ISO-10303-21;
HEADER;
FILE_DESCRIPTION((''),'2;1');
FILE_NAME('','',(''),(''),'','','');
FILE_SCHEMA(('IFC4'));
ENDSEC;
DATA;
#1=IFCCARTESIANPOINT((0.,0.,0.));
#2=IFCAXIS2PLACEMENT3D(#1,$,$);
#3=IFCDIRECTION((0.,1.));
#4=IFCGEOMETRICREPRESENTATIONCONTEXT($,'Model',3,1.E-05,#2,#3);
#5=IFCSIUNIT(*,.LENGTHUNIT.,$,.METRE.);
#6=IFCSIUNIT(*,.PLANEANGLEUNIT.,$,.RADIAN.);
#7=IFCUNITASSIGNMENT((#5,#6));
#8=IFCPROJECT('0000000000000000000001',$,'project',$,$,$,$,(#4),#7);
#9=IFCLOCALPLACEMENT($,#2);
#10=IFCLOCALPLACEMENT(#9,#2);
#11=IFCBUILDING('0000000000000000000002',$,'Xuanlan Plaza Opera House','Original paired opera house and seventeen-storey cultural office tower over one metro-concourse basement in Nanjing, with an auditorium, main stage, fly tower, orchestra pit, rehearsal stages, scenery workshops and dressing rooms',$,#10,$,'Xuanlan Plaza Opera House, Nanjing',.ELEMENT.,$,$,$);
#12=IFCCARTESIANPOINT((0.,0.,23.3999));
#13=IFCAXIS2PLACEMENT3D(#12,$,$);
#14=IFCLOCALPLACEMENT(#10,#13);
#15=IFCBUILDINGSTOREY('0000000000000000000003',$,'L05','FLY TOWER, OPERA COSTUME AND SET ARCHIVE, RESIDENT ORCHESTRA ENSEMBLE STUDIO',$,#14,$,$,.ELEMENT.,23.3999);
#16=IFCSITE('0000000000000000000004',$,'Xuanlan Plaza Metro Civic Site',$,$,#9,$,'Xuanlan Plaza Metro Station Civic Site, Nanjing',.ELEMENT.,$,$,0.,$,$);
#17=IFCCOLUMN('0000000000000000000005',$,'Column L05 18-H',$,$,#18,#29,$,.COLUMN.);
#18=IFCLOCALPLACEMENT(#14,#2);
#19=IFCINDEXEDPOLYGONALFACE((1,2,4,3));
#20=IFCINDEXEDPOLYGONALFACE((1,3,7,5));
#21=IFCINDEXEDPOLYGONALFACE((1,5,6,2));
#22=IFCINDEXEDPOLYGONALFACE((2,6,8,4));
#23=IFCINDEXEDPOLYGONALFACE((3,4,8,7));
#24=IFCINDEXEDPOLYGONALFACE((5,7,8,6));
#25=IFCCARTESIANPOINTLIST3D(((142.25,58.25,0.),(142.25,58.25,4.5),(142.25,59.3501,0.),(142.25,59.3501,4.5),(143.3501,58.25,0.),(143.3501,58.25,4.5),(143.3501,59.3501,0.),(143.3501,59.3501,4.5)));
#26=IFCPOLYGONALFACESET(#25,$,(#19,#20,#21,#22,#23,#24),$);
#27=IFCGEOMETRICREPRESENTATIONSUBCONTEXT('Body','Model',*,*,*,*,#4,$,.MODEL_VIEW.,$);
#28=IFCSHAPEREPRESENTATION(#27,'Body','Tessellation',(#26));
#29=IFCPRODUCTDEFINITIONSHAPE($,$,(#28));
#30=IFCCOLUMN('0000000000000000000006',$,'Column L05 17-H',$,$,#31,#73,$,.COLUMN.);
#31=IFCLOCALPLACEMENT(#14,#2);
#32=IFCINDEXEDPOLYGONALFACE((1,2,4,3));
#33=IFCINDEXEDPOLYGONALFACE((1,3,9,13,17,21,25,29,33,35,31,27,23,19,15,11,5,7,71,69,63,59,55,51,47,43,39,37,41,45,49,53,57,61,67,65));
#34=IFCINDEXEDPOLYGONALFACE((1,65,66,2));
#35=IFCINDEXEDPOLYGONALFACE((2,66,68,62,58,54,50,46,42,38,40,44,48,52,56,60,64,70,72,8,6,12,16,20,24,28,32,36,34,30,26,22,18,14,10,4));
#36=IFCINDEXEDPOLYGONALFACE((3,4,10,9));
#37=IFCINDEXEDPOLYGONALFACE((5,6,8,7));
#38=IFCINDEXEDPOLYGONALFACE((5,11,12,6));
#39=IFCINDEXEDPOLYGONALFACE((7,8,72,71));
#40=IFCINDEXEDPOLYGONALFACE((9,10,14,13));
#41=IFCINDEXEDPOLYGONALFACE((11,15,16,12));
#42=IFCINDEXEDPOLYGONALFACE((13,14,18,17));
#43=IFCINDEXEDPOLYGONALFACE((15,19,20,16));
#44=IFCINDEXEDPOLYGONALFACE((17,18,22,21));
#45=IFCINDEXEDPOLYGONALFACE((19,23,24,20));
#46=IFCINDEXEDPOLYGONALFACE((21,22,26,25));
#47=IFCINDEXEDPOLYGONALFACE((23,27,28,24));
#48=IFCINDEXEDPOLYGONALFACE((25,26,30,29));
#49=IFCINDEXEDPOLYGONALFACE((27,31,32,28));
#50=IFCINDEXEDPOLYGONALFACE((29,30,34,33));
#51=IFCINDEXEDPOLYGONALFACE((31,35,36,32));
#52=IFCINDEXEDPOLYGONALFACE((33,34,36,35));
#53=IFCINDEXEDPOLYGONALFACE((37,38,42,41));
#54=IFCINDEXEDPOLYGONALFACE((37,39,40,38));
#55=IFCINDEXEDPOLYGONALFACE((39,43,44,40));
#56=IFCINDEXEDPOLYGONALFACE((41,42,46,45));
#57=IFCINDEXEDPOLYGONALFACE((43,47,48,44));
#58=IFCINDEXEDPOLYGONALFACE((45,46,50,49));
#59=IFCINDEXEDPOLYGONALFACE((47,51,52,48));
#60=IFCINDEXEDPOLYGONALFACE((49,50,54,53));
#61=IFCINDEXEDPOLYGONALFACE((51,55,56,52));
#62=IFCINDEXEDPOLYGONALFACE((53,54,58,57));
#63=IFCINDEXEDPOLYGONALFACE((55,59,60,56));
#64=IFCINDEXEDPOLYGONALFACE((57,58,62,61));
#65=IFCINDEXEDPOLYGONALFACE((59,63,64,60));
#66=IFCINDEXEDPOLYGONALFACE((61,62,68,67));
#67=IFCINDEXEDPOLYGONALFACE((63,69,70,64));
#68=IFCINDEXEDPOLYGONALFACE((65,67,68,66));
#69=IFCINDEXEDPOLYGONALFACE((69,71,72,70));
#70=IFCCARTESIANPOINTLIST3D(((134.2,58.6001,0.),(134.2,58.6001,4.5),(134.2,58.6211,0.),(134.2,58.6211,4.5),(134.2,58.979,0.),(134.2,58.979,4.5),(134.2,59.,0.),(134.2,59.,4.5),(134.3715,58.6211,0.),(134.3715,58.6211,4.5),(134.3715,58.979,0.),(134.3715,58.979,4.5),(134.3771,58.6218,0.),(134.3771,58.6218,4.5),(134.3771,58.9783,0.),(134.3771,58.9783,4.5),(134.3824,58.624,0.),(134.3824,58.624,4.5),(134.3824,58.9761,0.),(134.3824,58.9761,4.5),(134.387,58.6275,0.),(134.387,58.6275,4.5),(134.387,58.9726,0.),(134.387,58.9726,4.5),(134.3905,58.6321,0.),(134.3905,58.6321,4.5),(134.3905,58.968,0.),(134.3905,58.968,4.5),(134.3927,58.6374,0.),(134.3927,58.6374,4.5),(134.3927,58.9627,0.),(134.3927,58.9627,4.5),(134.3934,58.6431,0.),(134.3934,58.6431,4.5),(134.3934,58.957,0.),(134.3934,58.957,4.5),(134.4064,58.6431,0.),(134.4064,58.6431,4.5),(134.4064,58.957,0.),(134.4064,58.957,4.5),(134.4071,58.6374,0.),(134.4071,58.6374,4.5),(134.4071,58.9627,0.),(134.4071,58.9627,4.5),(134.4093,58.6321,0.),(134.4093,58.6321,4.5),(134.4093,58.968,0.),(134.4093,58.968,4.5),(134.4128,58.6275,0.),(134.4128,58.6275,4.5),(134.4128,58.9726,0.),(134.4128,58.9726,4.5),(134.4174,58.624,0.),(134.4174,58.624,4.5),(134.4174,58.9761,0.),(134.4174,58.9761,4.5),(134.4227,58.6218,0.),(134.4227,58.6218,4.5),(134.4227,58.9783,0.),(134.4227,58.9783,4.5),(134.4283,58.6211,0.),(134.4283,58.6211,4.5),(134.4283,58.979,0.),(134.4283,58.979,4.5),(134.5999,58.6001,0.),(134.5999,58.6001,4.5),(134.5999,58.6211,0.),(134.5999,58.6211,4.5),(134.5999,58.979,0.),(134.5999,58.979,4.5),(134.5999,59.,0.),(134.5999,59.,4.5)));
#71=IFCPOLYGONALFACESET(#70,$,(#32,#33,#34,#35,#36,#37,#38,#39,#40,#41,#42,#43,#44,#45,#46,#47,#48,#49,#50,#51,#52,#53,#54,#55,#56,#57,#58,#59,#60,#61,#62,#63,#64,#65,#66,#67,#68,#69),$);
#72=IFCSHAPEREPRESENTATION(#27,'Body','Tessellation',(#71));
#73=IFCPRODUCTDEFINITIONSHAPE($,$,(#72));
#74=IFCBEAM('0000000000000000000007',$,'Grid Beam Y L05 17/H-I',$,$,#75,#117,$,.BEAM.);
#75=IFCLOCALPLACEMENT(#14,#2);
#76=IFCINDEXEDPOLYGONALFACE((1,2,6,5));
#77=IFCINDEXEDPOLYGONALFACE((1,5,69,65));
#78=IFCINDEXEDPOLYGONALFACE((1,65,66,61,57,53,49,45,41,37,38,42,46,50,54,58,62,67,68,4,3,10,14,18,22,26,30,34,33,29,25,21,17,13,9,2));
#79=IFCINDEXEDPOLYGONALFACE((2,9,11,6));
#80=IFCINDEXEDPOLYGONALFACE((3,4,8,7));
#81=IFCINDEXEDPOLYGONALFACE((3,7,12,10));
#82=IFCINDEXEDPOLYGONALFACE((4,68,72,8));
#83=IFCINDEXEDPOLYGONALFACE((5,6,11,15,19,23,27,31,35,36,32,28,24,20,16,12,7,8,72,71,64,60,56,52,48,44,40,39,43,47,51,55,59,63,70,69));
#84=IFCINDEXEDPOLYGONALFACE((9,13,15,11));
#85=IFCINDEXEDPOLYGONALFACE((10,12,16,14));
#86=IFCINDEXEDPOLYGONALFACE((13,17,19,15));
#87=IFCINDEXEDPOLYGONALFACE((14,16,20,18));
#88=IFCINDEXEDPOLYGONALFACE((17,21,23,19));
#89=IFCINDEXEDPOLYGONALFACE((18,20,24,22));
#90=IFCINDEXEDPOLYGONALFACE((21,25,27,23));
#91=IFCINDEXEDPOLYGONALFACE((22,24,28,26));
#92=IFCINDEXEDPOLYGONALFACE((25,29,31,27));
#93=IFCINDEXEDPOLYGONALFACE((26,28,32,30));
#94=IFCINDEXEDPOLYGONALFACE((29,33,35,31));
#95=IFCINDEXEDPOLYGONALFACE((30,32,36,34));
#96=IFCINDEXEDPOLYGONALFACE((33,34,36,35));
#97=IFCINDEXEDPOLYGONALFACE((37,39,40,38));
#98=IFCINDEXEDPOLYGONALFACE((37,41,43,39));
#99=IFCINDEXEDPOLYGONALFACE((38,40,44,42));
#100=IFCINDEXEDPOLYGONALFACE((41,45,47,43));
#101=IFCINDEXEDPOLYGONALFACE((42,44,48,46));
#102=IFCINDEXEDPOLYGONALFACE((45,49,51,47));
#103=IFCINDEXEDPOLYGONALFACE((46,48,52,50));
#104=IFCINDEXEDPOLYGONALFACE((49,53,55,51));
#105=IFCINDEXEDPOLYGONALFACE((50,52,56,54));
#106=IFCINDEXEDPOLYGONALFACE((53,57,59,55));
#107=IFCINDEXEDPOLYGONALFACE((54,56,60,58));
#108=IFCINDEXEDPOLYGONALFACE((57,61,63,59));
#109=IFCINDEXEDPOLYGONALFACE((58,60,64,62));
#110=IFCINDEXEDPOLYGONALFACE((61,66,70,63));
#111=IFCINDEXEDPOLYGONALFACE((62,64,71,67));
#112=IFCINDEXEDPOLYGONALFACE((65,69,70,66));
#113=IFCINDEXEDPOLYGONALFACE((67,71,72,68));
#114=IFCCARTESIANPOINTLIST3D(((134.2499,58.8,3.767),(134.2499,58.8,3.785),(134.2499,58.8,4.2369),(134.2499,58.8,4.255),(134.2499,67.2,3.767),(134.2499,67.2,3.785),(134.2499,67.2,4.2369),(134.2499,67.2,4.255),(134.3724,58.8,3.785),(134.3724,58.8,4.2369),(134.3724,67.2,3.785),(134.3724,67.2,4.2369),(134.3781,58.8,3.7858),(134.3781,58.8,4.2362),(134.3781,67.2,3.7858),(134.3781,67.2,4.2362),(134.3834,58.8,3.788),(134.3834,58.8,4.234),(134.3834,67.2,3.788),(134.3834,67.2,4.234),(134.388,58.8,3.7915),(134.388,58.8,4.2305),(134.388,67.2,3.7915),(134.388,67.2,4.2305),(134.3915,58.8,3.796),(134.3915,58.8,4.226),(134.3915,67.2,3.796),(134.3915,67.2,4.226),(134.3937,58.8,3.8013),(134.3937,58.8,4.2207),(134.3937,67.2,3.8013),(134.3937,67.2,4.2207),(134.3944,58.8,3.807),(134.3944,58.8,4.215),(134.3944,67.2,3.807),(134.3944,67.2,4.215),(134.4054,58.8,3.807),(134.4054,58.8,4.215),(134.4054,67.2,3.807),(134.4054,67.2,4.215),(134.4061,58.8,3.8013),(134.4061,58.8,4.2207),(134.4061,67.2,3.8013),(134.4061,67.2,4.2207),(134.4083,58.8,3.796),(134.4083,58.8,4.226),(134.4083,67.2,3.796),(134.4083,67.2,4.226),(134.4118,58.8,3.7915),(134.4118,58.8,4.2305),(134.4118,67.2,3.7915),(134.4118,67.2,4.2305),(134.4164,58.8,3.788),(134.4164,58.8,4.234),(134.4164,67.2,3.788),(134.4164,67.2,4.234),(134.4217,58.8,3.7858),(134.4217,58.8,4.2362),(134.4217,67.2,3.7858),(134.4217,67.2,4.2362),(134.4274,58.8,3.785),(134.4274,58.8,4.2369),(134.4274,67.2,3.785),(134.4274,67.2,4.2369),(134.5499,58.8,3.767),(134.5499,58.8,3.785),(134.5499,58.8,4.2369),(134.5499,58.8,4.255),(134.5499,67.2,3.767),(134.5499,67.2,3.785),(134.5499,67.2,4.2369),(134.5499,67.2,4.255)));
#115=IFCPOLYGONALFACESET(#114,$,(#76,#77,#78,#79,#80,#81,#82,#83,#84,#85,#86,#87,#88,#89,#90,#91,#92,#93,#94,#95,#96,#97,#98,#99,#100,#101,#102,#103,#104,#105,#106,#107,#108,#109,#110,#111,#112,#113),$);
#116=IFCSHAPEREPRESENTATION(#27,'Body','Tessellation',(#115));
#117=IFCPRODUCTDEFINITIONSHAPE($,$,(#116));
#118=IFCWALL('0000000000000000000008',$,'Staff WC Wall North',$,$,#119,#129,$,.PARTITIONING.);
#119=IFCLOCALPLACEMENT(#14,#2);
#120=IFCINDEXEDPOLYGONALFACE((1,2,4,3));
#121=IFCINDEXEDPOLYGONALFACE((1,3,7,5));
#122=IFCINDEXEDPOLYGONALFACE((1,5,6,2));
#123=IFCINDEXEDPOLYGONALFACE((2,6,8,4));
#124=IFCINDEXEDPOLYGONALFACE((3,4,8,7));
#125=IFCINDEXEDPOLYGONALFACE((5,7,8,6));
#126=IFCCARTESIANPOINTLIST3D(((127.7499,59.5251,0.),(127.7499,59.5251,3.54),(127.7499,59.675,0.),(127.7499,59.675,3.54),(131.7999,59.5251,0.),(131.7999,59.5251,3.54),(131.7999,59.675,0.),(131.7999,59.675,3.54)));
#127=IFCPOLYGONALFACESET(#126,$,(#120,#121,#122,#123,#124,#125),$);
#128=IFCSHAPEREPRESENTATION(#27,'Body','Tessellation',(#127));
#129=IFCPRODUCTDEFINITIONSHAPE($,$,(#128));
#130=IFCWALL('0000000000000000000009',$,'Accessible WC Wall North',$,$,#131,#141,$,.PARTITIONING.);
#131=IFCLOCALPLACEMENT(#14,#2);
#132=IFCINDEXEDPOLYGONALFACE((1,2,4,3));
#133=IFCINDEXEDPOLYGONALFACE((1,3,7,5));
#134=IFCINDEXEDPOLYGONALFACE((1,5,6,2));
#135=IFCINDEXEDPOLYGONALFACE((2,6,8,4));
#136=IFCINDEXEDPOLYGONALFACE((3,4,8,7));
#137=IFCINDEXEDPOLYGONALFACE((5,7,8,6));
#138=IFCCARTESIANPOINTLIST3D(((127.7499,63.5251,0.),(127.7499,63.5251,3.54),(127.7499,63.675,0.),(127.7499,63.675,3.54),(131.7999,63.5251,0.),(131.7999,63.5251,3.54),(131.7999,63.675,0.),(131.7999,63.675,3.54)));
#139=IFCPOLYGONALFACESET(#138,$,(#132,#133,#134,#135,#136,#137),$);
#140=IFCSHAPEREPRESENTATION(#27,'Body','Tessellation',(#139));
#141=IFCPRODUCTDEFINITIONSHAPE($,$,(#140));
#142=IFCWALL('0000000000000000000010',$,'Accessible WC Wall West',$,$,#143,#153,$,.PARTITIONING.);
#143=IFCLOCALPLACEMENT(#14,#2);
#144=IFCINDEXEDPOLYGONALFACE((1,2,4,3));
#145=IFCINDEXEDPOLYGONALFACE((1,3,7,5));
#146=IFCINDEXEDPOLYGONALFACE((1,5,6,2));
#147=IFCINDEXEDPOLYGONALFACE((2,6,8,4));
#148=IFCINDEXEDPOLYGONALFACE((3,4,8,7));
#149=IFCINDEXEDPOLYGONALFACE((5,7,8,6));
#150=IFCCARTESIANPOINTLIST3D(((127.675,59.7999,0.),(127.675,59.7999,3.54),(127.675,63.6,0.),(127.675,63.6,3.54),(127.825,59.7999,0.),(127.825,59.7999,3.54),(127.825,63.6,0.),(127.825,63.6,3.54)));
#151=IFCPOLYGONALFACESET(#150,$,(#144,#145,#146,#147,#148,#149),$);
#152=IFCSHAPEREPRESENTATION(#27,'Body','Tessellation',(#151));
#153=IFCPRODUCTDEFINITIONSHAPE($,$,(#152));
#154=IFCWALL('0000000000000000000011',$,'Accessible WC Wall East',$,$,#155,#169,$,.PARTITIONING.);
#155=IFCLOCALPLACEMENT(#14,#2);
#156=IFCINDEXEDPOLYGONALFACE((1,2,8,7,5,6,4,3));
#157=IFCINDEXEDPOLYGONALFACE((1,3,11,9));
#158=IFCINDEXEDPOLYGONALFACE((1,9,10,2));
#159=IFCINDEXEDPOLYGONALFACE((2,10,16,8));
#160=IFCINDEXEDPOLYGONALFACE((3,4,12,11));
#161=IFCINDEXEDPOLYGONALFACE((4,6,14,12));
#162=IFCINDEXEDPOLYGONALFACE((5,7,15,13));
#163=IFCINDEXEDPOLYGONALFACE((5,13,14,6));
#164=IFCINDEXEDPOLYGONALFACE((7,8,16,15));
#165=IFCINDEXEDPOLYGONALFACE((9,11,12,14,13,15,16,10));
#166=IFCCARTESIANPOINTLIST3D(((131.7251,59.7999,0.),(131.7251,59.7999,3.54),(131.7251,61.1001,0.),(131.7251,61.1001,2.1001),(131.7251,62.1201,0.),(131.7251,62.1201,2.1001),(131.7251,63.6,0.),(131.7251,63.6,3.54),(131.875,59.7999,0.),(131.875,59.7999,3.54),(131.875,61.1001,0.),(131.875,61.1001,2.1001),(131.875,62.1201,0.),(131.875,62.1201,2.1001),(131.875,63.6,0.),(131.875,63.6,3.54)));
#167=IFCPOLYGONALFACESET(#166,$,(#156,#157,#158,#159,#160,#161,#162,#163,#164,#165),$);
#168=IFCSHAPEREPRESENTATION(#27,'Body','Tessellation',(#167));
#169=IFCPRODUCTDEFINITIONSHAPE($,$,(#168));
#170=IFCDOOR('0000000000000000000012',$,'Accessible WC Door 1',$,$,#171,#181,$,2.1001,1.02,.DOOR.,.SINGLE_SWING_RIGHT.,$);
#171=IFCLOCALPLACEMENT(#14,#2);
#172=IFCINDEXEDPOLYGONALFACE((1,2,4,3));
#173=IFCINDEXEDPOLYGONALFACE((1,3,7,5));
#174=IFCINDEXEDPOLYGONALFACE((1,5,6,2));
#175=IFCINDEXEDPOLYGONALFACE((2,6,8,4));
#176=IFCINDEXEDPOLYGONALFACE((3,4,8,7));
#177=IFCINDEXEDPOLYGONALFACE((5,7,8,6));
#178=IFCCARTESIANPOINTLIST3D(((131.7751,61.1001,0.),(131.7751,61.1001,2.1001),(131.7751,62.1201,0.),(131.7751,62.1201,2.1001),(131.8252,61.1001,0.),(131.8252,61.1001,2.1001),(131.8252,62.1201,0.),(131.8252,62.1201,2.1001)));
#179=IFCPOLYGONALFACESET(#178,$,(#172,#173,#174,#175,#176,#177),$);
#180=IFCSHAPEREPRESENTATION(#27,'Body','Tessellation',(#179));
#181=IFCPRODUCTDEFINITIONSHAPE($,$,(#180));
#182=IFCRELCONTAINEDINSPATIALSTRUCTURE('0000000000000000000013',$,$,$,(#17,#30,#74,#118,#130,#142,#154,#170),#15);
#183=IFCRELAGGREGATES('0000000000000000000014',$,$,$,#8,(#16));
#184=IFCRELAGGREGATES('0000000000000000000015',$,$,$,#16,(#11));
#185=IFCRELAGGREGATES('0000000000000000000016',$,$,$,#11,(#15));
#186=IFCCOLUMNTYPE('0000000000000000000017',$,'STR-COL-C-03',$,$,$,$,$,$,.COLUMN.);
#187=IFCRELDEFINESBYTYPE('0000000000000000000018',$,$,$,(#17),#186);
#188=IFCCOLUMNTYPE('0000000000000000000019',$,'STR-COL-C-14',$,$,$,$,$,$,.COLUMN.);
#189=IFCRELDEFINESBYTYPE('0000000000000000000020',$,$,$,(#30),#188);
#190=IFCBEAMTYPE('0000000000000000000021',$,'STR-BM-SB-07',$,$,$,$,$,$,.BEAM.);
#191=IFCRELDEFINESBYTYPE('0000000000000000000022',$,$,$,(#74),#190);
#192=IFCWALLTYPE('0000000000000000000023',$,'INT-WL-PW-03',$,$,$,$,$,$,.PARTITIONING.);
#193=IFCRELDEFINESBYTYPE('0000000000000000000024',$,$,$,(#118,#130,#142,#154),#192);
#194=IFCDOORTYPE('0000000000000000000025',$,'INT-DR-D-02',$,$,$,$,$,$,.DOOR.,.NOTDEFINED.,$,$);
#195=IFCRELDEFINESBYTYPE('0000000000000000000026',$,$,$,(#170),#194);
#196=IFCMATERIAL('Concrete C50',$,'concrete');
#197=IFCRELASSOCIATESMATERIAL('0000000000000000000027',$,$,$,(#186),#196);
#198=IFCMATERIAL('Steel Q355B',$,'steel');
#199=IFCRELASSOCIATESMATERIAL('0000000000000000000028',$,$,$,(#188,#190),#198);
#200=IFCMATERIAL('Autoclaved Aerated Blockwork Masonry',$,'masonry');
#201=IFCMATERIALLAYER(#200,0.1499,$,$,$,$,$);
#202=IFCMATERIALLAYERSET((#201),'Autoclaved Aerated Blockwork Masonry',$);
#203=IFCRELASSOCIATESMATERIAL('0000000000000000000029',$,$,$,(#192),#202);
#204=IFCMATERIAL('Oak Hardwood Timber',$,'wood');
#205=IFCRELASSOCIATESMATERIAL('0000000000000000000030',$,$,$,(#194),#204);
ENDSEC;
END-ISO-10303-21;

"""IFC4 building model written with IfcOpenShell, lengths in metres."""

from ifc_helpers import new_model, si_unit, direction, frame, frame_2d, origin, origin_2d, place, context, subcontext, project, spatial, rectangle, i_section, extrude, material, layer, layer_set, material_profile, profile_set, type_object, element, fill, save


model = new_model("IFC4")

# Units and contexts
model_context = context("Model", 3, precision=1e-05, world=origin(), true_north=direction((0.0, 1.0)))
body_context = subcontext(model_context, "Body", "Model", "MODEL_VIEW")
ifc_project = project(units=[si_unit("LENGTHUNIT", "METRE"), si_unit("PLANEANGLEUNIT", "RADIAN")], contexts=[model_context])

# Site, building, storey
site_placement = place(None, origin())
site = spatial("IfcSite", under=ifc_project, at=site_placement, Name="Xuanlan Plaza Metro Civic Site", LongName="Xuanlan Plaza Metro Station Civic Site, Nanjing", CompositionType="ELEMENT", RefElevation=0.0)
building_placement = place(site_placement, origin())
building = spatial("IfcBuilding", under=site, at=building_placement, Name="Xuanlan Plaza Opera House", Description="Original paired opera house and seventeen-storey cultural office tower over one metro-concourse basement in Nanjing, with an auditorium, main stage, fly tower, orchestra pit, rehearsal stages, scenery workshops and dressing rooms", LongName="Xuanlan Plaza Opera House, Nanjing", CompositionType="ELEMENT")
storey_placement = place(building_placement, frame((0.0, 0.0, 23.3999)))
storey = spatial("IfcBuildingStorey", under=building, at=storey_placement, Name="L05", Description="FLY TOWER, OPERA COSTUME AND SET ARCHIVE, RESIDENT ORCHESTRA ENSEMBLE STUDIO", CompositionType="ELEMENT", Elevation=23.3999)

# Columns
ifc_material_1 = material(Name="Concrete C50", Category="concrete")
ifc_material_profile_1 = material_profile(ifc_material_1, rectangle(XDim=1.1001, YDim=1.1001, at=origin_2d()), Name="RC-COL 1100x1100")
ifc_profile_set_1 = profile_set([ifc_material_profile_1], Name="Concrete C50")
column_type_1 = type_object("IfcColumnType", Name="STR-COL-C-03", PredefinedType="COLUMN", material=ifc_profile_set_1)
column_1_placement = place(storey_placement, frame((142.8, 58.8, 0.0), z_axis=(0.0, 0.0, 1.0), x_axis=(1.0, 0.0, 0.0)))
element("IfcColumn", 1, at=column_1_placement, inside=storey, type_object=column_type_1, Name="Column L05 18-H", PredefinedType="COLUMN", context=body_context, shape_type="SweptSolid", body=[
    extrude(rectangle(XDim=1.1001, YDim=1.1001, at=origin_2d()), origin(), (0.0, 0.0, 1.0), 4.5),
])
ifc_material_2 = material(Name="Steel Q355B", Category="steel")
ifc_material_profile_2 = material_profile(ifc_material_2, i_section(OverallWidth=0.3999, OverallDepth=0.3999, WebThickness=0.0129, FlangeThickness=0.021, FilletRadius=0.022, at=origin_2d()), Name="HW 400x400x13x21")
ifc_profile_set_2 = profile_set([ifc_material_profile_2], Name="Steel Q355B")
column_type_2 = type_object("IfcColumnType", Name="STR-COL-C-14", PredefinedType="COLUMN", material=ifc_profile_set_2)
column_2_placement = place(storey_placement, frame((134.3999, 58.8, 0.0), z_axis=(0.0, 0.0, 1.0), x_axis=(1.0, 0.0, 0.0)))
element("IfcColumn", 2, at=column_2_placement, inside=storey, type_object=column_type_2, Name="Column L05 17-H", PredefinedType="COLUMN", context=body_context, shape_type="SweptSolid", body=[
    extrude(i_section(OverallWidth=0.3999, OverallDepth=0.3999, WebThickness=0.0129, FlangeThickness=0.021, FilletRadius=0.022, at=origin_2d()), origin(), (0.0, 0.0, 1.0), 4.5),
])

# Beam
ifc_material_profile_3 = material_profile(ifc_material_2, i_section(OverallWidth=0.3, OverallDepth=0.488, WebThickness=0.011, FlangeThickness=0.0181, FilletRadius=0.022, at=origin_2d()), Name="HM 488x300x11x18")
ifc_profile_set_3 = profile_set([ifc_material_profile_3], Name="Steel Q355B")
beam_type = type_object("IfcBeamType", Name="STR-BM-SB-07", PredefinedType="BEAM", material=ifc_profile_set_3)
beam_placement = place(storey_placement, frame((134.3999, 58.8, 4.011), z_axis=(0.0, 1.0, 0.0), x_axis=(-1.0, 0.0, 0.0)))
element("IfcBeam", 3, at=beam_placement, inside=storey, type_object=beam_type, Name="Grid Beam Y L05 17/H-I", PredefinedType="BEAM", context=body_context, shape_type="SweptSolid", body=[
    extrude(i_section(OverallWidth=0.3, OverallDepth=0.488, WebThickness=0.011, FlangeThickness=0.0181, FilletRadius=0.022, at=origin_2d()), origin(), (0.0, 0.0, 1.0), 8.3999),
])

# Walls
ifc_material_3 = material(Name="Autoclaved Aerated Blockwork Masonry", Category="masonry")
ifc_layer_1 = layer(ifc_material_3, 0.1499)
ifc_layer_set_1 = layer_set([ifc_layer_1], Name="Autoclaved Aerated Blockwork Masonry")
wall_type_1 = type_object("IfcWallType", Name="INT-WL-PW-03", PredefinedType="PARTITIONING", material=ifc_layer_set_1)
for number, where, z_axis, x_axis, name in (
    (4, (127.75, 59.6001, 0.0), (0.0, 0.0, 1.0), (1.0, 0.0, 0.0), "Staff WC Wall North"),
    (5, (127.75, 63.6001, 0.0), (0.0, 0.0, 1.0), (1.0, 0.0, 0.0), "Accessible WC Wall North"),
):
    element("IfcWall", number, at=place(storey_placement, frame(where, z_axis=z_axis, x_axis=x_axis)), inside=storey, type_object=wall_type_1, Name=name, PredefinedType="PARTITIONING", context=body_context, shape_type="SweptSolid", body=[
        extrude(rectangle(XDim=4.05, YDim=0.1499, at=frame_2d((2.0249, 0.0))), origin(), (0.0, 0.0, 1.0), 3.54),
    ])
wall_1_placement = place(storey_placement, frame((127.75, 59.8, 0.0), z_axis=(0.0, 0.0, 1.0), x_axis=(0.0, 1.0, 0.0)))
element("IfcWall", 6, at=wall_1_placement, inside=storey, type_object=wall_type_1, Name="Accessible WC Wall West", PredefinedType="PARTITIONING", context=body_context, shape_type="SweptSolid", body=[
    extrude(rectangle(XDim=3.8, YDim=0.1499, at=frame_2d((1.8999, 0.0))), origin(), (0.0, 0.0, 1.0), 3.54),
])

# Wall, opening, door
wall_2_placement = place(storey_placement, frame((131.8, 59.8, 0.0), z_axis=(0.0, 0.0, 1.0), x_axis=(0.0, 1.0, 0.0)))
wall_2 = element("IfcWall", 7, at=wall_2_placement, inside=storey, type_object=wall_type_1, Name="Accessible WC Wall East", PredefinedType="PARTITIONING", context=body_context, shape_type="SweptSolid", body=[
    extrude(rectangle(XDim=3.8, YDim=0.1499, at=frame_2d((1.8999, 0.0))), origin(), (0.0, 0.0, 1.0), 3.54),
])
opening_1_placement = place(wall_2_placement, frame((1.3, 0.0, 0.0)))
opening_1 = element("IfcOpeningElement", 8, at=opening_1_placement, cuts=wall_2, PredefinedType="OPENING", context=body_context, shape_type="SweptSolid", body=[
    extrude(rectangle(XDim=1.02, YDim=2.1001, at=frame_2d((0.51, 1.05))), frame((0.0, 0.085, 0.0), z_axis=(0.0, -1.0, 0.0), x_axis=(1.0, 0.0, 0.0)), (0.0, 0.0, 1.0), 0.1699),
])
ifc_material_4 = material(Name="Oak Hardwood Timber", Category="wood")
door_type_1 = type_object("IfcDoorType", Name="INT-DR-D-02", OperationType="NOTDEFINED", PredefinedType="DOOR", material=ifc_material_4)
door_1_placement = place(opening_1_placement, origin())
door_1 = element("IfcDoor", 9, at=door_1_placement, inside=storey, type_object=door_type_1, Name="Accessible WC Door 1", OperationType="SINGLE_SWING_RIGHT", OverallHeight=2.1001, OverallWidth=1.02, PredefinedType="DOOR", context=body_context, shape_type="SweptSolid", body=[
    extrude(rectangle(XDim=1.02, YDim=2.1001, at=frame_2d((0.51, 1.05))), frame((0.0, 0.0249, 0.0), z_axis=(0.0, -1.0, 0.0), x_axis=(1.0, 0.0, 0.0)), (0.0, 0.0, 1.0), 0.05),
])
fill(opening_1, door_1)

save(model, "model.ifc")
